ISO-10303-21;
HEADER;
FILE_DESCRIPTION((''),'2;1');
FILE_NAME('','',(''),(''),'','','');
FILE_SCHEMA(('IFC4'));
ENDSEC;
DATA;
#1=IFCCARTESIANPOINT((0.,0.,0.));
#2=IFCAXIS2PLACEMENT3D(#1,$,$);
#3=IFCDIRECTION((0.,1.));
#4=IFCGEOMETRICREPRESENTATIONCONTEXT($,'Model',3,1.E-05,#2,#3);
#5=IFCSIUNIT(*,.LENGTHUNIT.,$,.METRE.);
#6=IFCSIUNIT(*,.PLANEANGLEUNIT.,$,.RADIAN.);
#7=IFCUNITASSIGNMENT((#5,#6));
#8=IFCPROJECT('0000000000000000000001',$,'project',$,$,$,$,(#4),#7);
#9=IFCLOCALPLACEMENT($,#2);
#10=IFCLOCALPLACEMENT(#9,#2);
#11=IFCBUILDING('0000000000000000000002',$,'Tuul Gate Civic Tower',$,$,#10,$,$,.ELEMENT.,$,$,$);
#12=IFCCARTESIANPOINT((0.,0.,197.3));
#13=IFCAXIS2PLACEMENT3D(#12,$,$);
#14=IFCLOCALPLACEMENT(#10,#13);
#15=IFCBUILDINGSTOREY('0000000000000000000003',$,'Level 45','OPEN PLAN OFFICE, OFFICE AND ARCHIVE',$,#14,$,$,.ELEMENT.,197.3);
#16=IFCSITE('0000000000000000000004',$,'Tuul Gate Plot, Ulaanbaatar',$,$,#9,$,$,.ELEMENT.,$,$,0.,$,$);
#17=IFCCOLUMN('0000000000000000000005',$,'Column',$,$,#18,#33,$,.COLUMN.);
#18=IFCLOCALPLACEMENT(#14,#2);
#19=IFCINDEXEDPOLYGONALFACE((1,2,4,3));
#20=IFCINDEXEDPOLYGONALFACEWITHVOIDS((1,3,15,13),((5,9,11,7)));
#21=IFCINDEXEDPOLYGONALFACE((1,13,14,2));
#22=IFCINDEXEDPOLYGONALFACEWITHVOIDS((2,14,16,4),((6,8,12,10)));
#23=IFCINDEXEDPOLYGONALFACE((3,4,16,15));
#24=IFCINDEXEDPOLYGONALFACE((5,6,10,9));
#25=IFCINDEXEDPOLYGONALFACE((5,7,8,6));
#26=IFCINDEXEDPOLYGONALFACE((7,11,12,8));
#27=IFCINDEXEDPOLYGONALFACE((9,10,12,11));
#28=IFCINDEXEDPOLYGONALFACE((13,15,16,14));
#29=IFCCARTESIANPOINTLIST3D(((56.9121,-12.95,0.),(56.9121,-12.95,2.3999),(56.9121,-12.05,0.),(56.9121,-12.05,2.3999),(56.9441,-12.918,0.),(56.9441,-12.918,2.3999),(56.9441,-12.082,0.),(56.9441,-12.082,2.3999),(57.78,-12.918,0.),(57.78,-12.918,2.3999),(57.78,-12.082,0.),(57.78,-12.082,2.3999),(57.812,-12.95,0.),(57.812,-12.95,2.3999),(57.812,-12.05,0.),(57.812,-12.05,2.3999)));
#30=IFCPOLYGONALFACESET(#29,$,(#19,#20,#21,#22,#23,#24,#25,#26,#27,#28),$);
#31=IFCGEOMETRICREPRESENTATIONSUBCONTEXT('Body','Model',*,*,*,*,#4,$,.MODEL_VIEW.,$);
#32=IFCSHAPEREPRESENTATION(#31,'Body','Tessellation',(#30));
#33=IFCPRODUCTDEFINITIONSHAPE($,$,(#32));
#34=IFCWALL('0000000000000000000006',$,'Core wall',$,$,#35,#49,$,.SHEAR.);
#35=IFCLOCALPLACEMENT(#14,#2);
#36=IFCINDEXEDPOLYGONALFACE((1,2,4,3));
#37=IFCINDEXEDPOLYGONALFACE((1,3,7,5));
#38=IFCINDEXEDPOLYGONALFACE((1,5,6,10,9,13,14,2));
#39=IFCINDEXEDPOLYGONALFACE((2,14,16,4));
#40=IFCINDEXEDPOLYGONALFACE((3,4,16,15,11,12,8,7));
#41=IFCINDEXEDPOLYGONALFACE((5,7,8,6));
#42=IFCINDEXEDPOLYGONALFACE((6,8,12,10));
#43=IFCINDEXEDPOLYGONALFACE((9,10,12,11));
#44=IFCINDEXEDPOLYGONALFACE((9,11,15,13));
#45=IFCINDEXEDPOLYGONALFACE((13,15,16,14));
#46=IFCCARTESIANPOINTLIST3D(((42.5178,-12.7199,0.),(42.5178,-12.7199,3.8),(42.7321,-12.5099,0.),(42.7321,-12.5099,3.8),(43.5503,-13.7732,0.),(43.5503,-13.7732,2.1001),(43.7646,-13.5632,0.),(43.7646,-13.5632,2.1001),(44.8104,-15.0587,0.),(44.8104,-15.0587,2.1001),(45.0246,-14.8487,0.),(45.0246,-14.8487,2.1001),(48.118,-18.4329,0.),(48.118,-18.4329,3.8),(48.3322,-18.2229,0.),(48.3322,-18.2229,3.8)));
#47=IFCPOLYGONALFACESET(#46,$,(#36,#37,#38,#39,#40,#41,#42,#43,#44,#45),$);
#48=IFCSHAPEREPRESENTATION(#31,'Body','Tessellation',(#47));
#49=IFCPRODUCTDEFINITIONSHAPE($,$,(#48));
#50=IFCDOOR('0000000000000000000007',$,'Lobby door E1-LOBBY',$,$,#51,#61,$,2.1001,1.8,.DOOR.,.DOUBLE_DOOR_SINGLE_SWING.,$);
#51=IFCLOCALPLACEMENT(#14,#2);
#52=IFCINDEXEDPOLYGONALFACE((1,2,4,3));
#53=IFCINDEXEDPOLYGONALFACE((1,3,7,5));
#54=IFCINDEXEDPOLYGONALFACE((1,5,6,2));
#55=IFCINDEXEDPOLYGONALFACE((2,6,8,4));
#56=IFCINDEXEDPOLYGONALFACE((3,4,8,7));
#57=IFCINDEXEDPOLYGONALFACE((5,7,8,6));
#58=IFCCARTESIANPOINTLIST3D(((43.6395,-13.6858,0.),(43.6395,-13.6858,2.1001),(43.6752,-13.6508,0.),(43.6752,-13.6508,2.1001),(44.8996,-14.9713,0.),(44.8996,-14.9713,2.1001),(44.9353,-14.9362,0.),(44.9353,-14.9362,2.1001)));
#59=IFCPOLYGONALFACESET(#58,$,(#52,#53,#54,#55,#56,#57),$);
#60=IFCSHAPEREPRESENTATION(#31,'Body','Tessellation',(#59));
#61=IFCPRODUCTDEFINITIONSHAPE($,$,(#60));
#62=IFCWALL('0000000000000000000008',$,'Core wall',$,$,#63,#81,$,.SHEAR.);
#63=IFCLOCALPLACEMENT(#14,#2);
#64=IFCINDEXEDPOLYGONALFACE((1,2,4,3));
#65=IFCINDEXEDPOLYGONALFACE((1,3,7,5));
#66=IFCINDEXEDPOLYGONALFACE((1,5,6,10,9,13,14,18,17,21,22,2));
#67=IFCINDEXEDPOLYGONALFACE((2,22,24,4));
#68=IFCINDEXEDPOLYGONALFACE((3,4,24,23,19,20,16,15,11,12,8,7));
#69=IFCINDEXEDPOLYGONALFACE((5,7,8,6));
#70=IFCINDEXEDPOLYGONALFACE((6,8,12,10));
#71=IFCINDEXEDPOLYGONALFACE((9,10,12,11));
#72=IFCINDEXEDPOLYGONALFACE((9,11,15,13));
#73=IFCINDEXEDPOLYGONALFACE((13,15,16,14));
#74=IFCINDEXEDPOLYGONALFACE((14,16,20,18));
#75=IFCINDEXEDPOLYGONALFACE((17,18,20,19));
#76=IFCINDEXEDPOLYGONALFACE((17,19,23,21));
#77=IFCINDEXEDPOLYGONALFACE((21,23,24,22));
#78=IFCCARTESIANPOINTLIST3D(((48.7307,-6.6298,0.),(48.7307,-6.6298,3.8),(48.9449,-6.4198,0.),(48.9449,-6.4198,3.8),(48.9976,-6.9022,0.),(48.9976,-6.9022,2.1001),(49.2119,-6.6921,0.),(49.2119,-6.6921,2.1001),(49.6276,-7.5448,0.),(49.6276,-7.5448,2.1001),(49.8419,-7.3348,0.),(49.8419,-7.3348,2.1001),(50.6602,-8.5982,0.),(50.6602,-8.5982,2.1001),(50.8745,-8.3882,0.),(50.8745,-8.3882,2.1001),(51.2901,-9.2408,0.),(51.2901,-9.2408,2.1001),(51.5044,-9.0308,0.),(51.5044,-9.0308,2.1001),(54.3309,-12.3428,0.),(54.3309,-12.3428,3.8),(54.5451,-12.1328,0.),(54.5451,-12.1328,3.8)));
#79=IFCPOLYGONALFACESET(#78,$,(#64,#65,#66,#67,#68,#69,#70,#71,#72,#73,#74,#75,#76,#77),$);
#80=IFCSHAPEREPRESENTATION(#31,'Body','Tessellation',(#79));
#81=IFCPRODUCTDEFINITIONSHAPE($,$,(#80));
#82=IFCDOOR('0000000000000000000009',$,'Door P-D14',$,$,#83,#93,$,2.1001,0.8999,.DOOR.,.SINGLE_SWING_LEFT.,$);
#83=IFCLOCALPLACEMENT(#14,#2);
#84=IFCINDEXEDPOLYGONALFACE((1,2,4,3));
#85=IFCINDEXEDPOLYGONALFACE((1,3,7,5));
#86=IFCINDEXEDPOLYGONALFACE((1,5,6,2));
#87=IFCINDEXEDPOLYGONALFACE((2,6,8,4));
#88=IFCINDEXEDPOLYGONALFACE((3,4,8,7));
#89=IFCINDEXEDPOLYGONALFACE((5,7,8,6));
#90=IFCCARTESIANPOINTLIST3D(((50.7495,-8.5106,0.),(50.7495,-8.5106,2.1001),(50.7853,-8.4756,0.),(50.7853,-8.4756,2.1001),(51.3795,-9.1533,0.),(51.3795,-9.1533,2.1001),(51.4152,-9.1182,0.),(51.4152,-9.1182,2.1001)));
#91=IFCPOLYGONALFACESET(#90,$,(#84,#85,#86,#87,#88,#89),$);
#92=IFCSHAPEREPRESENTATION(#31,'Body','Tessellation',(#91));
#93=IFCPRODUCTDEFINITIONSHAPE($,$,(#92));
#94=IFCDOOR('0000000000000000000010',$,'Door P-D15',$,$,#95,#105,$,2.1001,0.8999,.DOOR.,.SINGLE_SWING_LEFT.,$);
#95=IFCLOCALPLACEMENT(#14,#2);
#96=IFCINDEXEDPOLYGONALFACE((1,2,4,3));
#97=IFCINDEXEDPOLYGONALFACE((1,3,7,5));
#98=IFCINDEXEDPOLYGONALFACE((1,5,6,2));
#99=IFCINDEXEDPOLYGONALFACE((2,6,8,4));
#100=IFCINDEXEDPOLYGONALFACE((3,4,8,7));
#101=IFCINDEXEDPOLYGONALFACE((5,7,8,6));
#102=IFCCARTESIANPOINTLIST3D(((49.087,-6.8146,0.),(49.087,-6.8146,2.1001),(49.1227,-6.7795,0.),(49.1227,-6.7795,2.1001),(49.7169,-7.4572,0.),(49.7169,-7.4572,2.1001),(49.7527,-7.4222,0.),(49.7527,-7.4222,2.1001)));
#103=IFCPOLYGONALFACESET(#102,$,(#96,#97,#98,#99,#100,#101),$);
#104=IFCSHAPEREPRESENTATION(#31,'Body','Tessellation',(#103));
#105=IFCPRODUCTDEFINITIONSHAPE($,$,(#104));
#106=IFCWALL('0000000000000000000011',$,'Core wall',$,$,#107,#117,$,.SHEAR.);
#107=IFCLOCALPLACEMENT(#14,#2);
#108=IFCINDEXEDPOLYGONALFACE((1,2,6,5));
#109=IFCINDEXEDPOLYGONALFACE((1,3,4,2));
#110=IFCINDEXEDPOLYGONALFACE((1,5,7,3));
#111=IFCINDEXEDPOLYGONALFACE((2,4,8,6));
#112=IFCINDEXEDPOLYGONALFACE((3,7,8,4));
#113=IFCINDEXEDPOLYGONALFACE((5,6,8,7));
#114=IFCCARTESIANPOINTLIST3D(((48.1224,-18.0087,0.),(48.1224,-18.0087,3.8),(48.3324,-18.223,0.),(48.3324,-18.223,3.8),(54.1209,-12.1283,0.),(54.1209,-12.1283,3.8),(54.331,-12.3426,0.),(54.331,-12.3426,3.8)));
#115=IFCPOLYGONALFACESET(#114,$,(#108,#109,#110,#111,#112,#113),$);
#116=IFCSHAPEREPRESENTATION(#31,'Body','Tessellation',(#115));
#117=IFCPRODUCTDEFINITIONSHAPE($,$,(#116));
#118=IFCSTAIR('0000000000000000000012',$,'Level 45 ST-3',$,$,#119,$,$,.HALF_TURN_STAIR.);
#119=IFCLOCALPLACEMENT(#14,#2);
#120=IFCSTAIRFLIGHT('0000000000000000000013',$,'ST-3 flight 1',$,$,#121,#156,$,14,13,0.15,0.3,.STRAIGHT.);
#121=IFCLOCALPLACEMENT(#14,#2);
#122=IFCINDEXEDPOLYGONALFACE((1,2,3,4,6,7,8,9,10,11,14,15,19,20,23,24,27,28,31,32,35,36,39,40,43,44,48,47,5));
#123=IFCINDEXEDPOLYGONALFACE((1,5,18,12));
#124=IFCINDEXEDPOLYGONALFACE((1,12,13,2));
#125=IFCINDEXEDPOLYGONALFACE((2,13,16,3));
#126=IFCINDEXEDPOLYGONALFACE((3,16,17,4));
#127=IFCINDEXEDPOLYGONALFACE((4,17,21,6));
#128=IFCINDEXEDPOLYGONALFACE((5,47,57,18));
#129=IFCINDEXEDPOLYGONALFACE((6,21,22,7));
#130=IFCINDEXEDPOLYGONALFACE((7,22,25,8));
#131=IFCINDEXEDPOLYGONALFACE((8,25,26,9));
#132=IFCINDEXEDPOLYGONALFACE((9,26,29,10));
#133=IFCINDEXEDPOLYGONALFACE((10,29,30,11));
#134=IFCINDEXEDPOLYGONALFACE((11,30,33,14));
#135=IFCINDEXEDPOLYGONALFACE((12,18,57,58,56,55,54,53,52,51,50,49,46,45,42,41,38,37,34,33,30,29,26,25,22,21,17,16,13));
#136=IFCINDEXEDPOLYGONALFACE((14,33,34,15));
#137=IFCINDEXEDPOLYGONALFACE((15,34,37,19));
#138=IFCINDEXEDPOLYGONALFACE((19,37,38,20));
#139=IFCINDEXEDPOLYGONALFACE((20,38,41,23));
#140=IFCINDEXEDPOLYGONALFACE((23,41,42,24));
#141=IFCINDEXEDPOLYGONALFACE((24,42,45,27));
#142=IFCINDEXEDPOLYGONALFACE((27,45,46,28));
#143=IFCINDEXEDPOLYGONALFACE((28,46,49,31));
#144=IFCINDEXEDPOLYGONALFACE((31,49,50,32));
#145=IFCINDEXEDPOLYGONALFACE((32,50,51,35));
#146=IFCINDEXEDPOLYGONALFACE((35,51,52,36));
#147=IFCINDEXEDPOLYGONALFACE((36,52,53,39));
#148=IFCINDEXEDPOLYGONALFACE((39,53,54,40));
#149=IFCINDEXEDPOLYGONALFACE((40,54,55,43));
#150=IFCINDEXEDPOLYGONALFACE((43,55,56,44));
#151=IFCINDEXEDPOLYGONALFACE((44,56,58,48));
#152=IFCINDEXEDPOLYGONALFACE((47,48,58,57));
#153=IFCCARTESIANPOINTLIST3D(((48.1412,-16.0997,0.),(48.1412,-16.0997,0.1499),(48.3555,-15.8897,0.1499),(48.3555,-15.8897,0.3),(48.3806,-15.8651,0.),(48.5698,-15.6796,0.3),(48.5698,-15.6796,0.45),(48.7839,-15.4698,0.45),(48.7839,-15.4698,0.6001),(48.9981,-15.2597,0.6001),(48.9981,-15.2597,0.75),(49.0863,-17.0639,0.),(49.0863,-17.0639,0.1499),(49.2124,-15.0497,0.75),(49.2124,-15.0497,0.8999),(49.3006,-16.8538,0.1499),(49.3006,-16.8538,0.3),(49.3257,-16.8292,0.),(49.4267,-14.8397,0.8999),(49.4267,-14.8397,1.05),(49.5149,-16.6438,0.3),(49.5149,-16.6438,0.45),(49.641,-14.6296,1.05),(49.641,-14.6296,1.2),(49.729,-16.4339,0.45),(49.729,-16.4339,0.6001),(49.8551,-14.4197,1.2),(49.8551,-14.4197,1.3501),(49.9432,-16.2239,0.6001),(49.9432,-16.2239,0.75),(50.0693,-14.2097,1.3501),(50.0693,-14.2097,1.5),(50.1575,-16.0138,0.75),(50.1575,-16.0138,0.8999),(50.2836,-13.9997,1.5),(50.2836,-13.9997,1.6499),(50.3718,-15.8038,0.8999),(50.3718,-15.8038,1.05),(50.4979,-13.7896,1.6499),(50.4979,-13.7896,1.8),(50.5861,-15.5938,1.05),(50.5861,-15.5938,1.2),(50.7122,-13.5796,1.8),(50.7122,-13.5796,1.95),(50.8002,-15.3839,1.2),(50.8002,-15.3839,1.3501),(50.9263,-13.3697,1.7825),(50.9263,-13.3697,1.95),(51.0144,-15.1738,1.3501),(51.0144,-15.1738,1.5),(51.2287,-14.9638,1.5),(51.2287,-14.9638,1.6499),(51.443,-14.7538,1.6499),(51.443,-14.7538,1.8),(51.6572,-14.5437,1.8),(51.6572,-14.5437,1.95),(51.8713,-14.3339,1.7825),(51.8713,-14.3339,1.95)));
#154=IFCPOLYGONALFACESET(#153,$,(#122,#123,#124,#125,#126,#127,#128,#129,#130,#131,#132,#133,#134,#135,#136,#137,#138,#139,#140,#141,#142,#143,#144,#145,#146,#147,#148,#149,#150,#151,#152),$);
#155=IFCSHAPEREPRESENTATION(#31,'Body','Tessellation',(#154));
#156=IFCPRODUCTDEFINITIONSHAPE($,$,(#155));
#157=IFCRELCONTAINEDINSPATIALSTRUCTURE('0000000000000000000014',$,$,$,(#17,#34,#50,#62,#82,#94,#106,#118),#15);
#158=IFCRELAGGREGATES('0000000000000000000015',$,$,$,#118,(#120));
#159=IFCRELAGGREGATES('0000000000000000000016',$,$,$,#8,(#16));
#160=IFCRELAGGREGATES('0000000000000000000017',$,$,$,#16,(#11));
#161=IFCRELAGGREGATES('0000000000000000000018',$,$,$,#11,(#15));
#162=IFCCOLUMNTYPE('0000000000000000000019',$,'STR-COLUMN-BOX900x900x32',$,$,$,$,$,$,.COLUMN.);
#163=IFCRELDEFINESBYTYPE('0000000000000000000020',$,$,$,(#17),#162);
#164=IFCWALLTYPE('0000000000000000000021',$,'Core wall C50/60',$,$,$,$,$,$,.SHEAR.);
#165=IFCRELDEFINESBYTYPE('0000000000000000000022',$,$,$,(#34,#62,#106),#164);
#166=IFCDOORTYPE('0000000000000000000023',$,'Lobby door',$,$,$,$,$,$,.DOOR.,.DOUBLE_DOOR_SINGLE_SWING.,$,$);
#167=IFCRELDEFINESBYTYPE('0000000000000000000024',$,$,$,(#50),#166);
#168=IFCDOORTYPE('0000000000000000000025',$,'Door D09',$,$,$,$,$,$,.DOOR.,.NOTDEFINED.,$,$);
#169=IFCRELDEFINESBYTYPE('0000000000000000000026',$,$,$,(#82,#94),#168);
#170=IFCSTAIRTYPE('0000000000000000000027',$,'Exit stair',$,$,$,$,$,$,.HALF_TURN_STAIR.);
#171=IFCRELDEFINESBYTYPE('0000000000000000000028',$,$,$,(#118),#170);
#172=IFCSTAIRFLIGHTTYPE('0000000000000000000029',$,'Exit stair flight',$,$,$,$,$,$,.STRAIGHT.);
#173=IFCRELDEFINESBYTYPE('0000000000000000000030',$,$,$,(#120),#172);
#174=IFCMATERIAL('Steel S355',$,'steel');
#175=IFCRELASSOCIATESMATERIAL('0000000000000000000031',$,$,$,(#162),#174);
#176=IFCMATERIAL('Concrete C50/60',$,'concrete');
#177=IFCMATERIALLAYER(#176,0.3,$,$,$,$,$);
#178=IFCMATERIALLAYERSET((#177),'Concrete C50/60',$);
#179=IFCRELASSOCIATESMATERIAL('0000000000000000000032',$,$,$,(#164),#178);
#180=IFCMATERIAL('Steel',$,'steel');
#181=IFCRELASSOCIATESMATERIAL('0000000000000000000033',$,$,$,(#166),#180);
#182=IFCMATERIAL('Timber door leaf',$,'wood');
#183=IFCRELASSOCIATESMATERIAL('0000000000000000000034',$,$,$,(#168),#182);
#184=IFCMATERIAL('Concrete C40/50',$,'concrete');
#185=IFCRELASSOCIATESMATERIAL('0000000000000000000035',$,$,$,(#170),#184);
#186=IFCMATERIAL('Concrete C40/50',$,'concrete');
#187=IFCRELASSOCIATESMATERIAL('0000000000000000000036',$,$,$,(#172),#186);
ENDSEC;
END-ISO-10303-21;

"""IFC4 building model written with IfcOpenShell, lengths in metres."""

from ifc_helpers import new_model, si_unit, direction, frame, frame_2d, origin, origin_2d, place, context, subcontext, project, spatial, polyline, rectangle, hollow_rectangle, outline, extrude, material, layer, layer_set, material_profile, profile_set, type_object, element, fill, aggregate, save


model = new_model("IFC4")

# Units and contexts
model_context = context("Model", 3, precision=1e-05, world=origin(), true_north=direction((0.0, 1.0)))
body_context = subcontext(model_context, "Body", "Model", "MODEL_VIEW")
ifc_project = project(units=[si_unit("LENGTHUNIT", "METRE"), si_unit("PLANEANGLEUNIT", "RADIAN")], contexts=[model_context])

# Site, building, storey
site_placement = place(None, origin())
site = spatial("IfcSite", under=ifc_project, at=site_placement, Name="Tuul Gate Plot, Ulaanbaatar", CompositionType="ELEMENT", RefElevation=0.0)
building_placement = place(site_placement, origin())
building = spatial("IfcBuilding", under=site, at=building_placement, Name="Tuul Gate Civic Tower", CompositionType="ELEMENT")
storey_placement = place(building_placement, frame((0.0, 0.0, 197.3)))
storey = spatial("IfcBuildingStorey", under=building, at=storey_placement, Name="Level 45", Description="OPEN PLAN OFFICE, OFFICE AND ARCHIVE", CompositionType="ELEMENT", Elevation=197.3)

# Column
ifc_material_1 = material(Name="Steel S355", Category="steel")
ifc_material_profile_1 = material_profile(ifc_material_1, hollow_rectangle(XDim=0.8999, YDim=0.8999, WallThickness=0.032, at=origin_2d()), Name="BOX900x900x32")
ifc_profile_set_1 = profile_set([ifc_material_profile_1], Name="Steel S355")
column_type = type_object("IfcColumnType", Name="STR-COLUMN-BOX900x900x32", PredefinedType="COLUMN", material=ifc_profile_set_1)
column_placement = place(storey_placement, frame((57.3621, -12.5, 0.0), z_axis=(0.0, 0.0, 1.0), x_axis=(1.0, 0.0, 0.0)))
element("IfcColumn", 1, at=column_placement, inside=storey, type_object=column_type, Name="Column", PredefinedType="COLUMN", context=body_context, shape_type="SweptSolid", body=[
    extrude(hollow_rectangle(XDim=0.8999, YDim=0.8999, WallThickness=0.032, at=origin_2d()), origin(), (0.0, 0.0, 1.0), 2.3999),
])

# Wall, opening, door
ifc_material_2 = material(Name="Concrete C50/60", Category="concrete")
ifc_layer = layer(ifc_material_2, 0.3)
ifc_layer_set = layer_set([ifc_layer], Name="Concrete C50/60")
wall_type = type_object("IfcWallType", Name="Core wall C50/60", PredefinedType="SHEAR", material=ifc_layer_set)
wall_1_placement = place(storey_placement, frame((48.2251, -18.3279, 0.0), z_axis=(0.0, 0.0, 1.0), x_axis=(-0.700022, 0.714121, 0.0)))
wall_1 = element("IfcWall", 2, at=wall_1_placement, inside=storey, type_object=wall_type, Name="Core wall", PredefinedType="SHEAR", context=body_context, shape_type="SweptSolid", body=[
    extrude(rectangle(XDim=8.0, YDim=0.3, at=frame_2d((4.0, 0.0))), origin(), (0.0, 0.0, 1.0), 3.8),
])
opening_1_placement = place(wall_1_placement, frame((4.7251, 0.0, 0.0)))
opening_1 = element("IfcOpeningElement", 3, at=opening_1_placement, cuts=wall_1, PredefinedType="OPENING", context=body_context, shape_type="SweptSolid", body=[
    extrude(rectangle(XDim=1.8, YDim=2.1001, at=frame_2d((0.8999, 1.05))), frame((0.0, 0.1602, 0.0), z_axis=(0.0, -1.0, 0.0), x_axis=(1.0, 0.0, 0.0)), (0.0, 0.0, 1.0), 0.3201),
])
ifc_material_3 = material(Name="Steel", Category="steel")
door_type_1 = type_object("IfcDoorType", Name="Lobby door", OperationType="DOUBLE_DOOR_SINGLE_SWING", PredefinedType="DOOR", material=ifc_material_3)
door_1_placement = place(opening_1_placement, frame((1.8, 0.0, 0.0), z_axis=(0.0, 0.0, 1.0), x_axis=(-1.0, 0.0, 0.0)))
door_1 = element("IfcDoor", 4, at=door_1_placement, inside=storey, type_object=door_type_1, Name="Lobby door E1-LOBBY", OperationType="DOUBLE_DOOR_SINGLE_SWING", OverallHeight=2.1001, OverallWidth=1.8, PredefinedType="DOOR", context=body_context, shape_type="SweptSolid", body=[
    extrude(rectangle(XDim=1.8, YDim=2.1001, at=frame_2d((0.9001, 1.05))), frame((0.0, 0.0249, 0.0), z_axis=(0.0, -1.0, 0.0), x_axis=(1.0, 0.0, 0.0)), (0.0, 0.0, 1.0), 0.05),
])
fill(opening_1, door_1)

# Wall, openings, doors
wall_2_placement = place(storey_placement, frame((54.438, -12.2378, 0.0), z_axis=(0.0, 0.0, 1.0), x_axis=(-0.700022, 0.714121, 0.0)))
wall_2 = element("IfcWall", 5, at=wall_2_placement, inside=storey, type_object=wall_type, Name="Core wall", PredefinedType="SHEAR", context=body_context, shape_type="SweptSolid", body=[
    extrude(rectangle(XDim=8.0, YDim=0.3, at=frame_2d((4.0, 0.0))), origin(), (0.0, 0.0, 1.0), 3.8),
])
opening_2_placement = place(wall_2_placement, frame((4.3438, 0.0, 0.0)))
opening_2 = element("IfcOpeningElement", 6, at=opening_2_placement, cuts=wall_2, PredefinedType="OPENING", context=body_context, shape_type="SweptSolid", body=[
    extrude(rectangle(XDim=0.8999, YDim=2.1001, at=frame_2d((0.45, 1.05))), frame((0.0, 0.1602, 0.0), z_axis=(0.0, -1.0, 0.0), x_axis=(1.0, 0.0, 0.0)), (0.0, 0.0, 1.0), 0.3201),
])
opening_3_placement = place(wall_2_placement, frame((6.7188, 0.0, 0.0)))
opening_3 = element("IfcOpeningElement", 7, at=opening_3_placement, cuts=wall_2, PredefinedType="OPENING", context=body_context, shape_type="SweptSolid", body=[
    extrude(rectangle(XDim=0.8999, YDim=2.1001, at=frame_2d((0.45, 1.05))), frame((0.0, 0.1602, 0.0), z_axis=(0.0, -1.0, 0.0), x_axis=(1.0, 0.0, 0.0)), (0.0, 0.0, 1.0), 0.3201),
])
ifc_material_4 = material(Name="Timber door leaf", Category="wood")
door_type_2 = type_object("IfcDoorType", Name="Door D09", OperationType="NOTDEFINED", PredefinedType="DOOR", material=ifc_material_4)
door_2_placement = place(opening_2_placement, origin())
door_2 = element("IfcDoor", 8, at=door_2_placement, inside=storey, type_object=door_type_2, Name="Door P-D14", OperationType="SINGLE_SWING_LEFT", OverallHeight=2.1001, OverallWidth=0.8999, PredefinedType="DOOR", context=body_context, shape_type="SweptSolid", body=[
    extrude(rectangle(XDim=0.8999, YDim=2.1001, at=frame_2d((0.45, 1.05))), frame((0.0, 0.0249, 0.0), z_axis=(0.0, -1.0, 0.0), x_axis=(1.0, 0.0, 0.0)), (0.0, 0.0, 1.0), 0.05),
])
fill(opening_2, door_2)
door_3_placement = place(opening_3_placement, origin())
door_3 = element("IfcDoor", 9, at=door_3_placement, inside=storey, type_object=door_type_2, Name="Door P-D15", OperationType="SINGLE_SWING_LEFT", OverallHeight=2.1001, OverallWidth=0.8999, PredefinedType="DOOR", context=body_context, shape_type="SweptSolid", body=[
    extrude(rectangle(XDim=0.8999, YDim=2.1001, at=frame_2d((0.45, 1.05))), frame((0.0, 0.0249, 0.0), z_axis=(0.0, -1.0, 0.0), x_axis=(1.0, 0.0, 0.0)), (0.0, 0.0, 1.0), 0.05),
])
fill(opening_3, door_3)

# Wall
wall_3_placement = place(storey_placement, frame((48.2273, -18.116, 0.0), z_axis=(0.0, 0.0, 1.0), x_axis=(0.714105, 0.700038, 0.0)))
element("IfcWall", 10, at=wall_3_placement, inside=storey, type_object=wall_type, Name="Core wall", PredefinedType="SHEAR", context=body_context, shape_type="SweptSolid", body=[
    extrude(rectangle(XDim=8.4001, YDim=0.3, at=frame_2d((4.2002, 0.0))), origin(), (0.0, 0.0, 1.0), 3.8),
])

# Stair, stair flight
ifc_material_5 = material(Name="Concrete C40/50", Category="concrete")
stair_type = type_object("IfcStairType", Name="Exit stair", PredefinedType="HALF_TURN_STAIR", material=ifc_material_5)
stair_placement = place(storey_placement, origin())
stair = element("IfcStair", 11, at=stair_placement, inside=storey, type_object=stair_type, Name="Level 45 ST-3", PredefinedType="HALF_TURN_STAIR")
ifc_material_6 = material(Name="Concrete C40/50", Category="concrete")
stair_flight_type = type_object("IfcStairFlightType", Name="Exit stair flight", PredefinedType="STRAIGHT", material=ifc_material_6)
stair_flight_1_placement = place(storey_placement, frame((48.6138, -16.5818, 0.0), z_axis=(0.0, 0.0, 1.0), x_axis=(0.714127, 0.700016, 0.0)))
stair_flight_1 = element("IfcStairFlight", 12, at=stair_flight_1_placement, type_object=stair_flight_type, Name="ST-3 flight 1", NumberOfRisers=14, NumberOfTreads=13, PredefinedType="STRAIGHT", RiserHeight=0.15, TreadLength=0.3, context=body_context, shape_type="SweptSolid", body=[
    extrude(outline(polyline([(0.0, 0.0), (0.0, 0.1499), (0.3, 0.1499), (0.3, 0.3), (0.6001, 0.3), (0.6001, 0.45), (0.8999, 0.45), (0.8999, 0.6001), (1.2, 0.6001), (1.2, 0.75), (1.5, 0.75), (1.5, 0.8999), (1.8, 0.8999), (1.8, 1.05), (2.1001, 1.05), (2.1001, 1.2), (2.3999, 1.2), (2.3999, 1.3501), (2.7, 1.3501), (2.7, 1.5), (3.0, 1.5), (3.0, 1.6499), (3.3, 1.6499), (3.3, 1.8), (3.6001, 1.8), (3.6001, 1.95), (3.8999, 1.95), (3.8999, 2.1001), (3.8999, 1.7825), (0.3352, 0.0), (0.0, 0.0)])), frame((0.0, 0.675, 0.0), z_axis=(0.0, -1.0, 0.0), x_axis=(1.0, 0.0, 0.0)), (0.0, 0.0, 1.0), 1.3501),
])
aggregate(stair, [stair_flight_1])

save(model, "model.ifc")
